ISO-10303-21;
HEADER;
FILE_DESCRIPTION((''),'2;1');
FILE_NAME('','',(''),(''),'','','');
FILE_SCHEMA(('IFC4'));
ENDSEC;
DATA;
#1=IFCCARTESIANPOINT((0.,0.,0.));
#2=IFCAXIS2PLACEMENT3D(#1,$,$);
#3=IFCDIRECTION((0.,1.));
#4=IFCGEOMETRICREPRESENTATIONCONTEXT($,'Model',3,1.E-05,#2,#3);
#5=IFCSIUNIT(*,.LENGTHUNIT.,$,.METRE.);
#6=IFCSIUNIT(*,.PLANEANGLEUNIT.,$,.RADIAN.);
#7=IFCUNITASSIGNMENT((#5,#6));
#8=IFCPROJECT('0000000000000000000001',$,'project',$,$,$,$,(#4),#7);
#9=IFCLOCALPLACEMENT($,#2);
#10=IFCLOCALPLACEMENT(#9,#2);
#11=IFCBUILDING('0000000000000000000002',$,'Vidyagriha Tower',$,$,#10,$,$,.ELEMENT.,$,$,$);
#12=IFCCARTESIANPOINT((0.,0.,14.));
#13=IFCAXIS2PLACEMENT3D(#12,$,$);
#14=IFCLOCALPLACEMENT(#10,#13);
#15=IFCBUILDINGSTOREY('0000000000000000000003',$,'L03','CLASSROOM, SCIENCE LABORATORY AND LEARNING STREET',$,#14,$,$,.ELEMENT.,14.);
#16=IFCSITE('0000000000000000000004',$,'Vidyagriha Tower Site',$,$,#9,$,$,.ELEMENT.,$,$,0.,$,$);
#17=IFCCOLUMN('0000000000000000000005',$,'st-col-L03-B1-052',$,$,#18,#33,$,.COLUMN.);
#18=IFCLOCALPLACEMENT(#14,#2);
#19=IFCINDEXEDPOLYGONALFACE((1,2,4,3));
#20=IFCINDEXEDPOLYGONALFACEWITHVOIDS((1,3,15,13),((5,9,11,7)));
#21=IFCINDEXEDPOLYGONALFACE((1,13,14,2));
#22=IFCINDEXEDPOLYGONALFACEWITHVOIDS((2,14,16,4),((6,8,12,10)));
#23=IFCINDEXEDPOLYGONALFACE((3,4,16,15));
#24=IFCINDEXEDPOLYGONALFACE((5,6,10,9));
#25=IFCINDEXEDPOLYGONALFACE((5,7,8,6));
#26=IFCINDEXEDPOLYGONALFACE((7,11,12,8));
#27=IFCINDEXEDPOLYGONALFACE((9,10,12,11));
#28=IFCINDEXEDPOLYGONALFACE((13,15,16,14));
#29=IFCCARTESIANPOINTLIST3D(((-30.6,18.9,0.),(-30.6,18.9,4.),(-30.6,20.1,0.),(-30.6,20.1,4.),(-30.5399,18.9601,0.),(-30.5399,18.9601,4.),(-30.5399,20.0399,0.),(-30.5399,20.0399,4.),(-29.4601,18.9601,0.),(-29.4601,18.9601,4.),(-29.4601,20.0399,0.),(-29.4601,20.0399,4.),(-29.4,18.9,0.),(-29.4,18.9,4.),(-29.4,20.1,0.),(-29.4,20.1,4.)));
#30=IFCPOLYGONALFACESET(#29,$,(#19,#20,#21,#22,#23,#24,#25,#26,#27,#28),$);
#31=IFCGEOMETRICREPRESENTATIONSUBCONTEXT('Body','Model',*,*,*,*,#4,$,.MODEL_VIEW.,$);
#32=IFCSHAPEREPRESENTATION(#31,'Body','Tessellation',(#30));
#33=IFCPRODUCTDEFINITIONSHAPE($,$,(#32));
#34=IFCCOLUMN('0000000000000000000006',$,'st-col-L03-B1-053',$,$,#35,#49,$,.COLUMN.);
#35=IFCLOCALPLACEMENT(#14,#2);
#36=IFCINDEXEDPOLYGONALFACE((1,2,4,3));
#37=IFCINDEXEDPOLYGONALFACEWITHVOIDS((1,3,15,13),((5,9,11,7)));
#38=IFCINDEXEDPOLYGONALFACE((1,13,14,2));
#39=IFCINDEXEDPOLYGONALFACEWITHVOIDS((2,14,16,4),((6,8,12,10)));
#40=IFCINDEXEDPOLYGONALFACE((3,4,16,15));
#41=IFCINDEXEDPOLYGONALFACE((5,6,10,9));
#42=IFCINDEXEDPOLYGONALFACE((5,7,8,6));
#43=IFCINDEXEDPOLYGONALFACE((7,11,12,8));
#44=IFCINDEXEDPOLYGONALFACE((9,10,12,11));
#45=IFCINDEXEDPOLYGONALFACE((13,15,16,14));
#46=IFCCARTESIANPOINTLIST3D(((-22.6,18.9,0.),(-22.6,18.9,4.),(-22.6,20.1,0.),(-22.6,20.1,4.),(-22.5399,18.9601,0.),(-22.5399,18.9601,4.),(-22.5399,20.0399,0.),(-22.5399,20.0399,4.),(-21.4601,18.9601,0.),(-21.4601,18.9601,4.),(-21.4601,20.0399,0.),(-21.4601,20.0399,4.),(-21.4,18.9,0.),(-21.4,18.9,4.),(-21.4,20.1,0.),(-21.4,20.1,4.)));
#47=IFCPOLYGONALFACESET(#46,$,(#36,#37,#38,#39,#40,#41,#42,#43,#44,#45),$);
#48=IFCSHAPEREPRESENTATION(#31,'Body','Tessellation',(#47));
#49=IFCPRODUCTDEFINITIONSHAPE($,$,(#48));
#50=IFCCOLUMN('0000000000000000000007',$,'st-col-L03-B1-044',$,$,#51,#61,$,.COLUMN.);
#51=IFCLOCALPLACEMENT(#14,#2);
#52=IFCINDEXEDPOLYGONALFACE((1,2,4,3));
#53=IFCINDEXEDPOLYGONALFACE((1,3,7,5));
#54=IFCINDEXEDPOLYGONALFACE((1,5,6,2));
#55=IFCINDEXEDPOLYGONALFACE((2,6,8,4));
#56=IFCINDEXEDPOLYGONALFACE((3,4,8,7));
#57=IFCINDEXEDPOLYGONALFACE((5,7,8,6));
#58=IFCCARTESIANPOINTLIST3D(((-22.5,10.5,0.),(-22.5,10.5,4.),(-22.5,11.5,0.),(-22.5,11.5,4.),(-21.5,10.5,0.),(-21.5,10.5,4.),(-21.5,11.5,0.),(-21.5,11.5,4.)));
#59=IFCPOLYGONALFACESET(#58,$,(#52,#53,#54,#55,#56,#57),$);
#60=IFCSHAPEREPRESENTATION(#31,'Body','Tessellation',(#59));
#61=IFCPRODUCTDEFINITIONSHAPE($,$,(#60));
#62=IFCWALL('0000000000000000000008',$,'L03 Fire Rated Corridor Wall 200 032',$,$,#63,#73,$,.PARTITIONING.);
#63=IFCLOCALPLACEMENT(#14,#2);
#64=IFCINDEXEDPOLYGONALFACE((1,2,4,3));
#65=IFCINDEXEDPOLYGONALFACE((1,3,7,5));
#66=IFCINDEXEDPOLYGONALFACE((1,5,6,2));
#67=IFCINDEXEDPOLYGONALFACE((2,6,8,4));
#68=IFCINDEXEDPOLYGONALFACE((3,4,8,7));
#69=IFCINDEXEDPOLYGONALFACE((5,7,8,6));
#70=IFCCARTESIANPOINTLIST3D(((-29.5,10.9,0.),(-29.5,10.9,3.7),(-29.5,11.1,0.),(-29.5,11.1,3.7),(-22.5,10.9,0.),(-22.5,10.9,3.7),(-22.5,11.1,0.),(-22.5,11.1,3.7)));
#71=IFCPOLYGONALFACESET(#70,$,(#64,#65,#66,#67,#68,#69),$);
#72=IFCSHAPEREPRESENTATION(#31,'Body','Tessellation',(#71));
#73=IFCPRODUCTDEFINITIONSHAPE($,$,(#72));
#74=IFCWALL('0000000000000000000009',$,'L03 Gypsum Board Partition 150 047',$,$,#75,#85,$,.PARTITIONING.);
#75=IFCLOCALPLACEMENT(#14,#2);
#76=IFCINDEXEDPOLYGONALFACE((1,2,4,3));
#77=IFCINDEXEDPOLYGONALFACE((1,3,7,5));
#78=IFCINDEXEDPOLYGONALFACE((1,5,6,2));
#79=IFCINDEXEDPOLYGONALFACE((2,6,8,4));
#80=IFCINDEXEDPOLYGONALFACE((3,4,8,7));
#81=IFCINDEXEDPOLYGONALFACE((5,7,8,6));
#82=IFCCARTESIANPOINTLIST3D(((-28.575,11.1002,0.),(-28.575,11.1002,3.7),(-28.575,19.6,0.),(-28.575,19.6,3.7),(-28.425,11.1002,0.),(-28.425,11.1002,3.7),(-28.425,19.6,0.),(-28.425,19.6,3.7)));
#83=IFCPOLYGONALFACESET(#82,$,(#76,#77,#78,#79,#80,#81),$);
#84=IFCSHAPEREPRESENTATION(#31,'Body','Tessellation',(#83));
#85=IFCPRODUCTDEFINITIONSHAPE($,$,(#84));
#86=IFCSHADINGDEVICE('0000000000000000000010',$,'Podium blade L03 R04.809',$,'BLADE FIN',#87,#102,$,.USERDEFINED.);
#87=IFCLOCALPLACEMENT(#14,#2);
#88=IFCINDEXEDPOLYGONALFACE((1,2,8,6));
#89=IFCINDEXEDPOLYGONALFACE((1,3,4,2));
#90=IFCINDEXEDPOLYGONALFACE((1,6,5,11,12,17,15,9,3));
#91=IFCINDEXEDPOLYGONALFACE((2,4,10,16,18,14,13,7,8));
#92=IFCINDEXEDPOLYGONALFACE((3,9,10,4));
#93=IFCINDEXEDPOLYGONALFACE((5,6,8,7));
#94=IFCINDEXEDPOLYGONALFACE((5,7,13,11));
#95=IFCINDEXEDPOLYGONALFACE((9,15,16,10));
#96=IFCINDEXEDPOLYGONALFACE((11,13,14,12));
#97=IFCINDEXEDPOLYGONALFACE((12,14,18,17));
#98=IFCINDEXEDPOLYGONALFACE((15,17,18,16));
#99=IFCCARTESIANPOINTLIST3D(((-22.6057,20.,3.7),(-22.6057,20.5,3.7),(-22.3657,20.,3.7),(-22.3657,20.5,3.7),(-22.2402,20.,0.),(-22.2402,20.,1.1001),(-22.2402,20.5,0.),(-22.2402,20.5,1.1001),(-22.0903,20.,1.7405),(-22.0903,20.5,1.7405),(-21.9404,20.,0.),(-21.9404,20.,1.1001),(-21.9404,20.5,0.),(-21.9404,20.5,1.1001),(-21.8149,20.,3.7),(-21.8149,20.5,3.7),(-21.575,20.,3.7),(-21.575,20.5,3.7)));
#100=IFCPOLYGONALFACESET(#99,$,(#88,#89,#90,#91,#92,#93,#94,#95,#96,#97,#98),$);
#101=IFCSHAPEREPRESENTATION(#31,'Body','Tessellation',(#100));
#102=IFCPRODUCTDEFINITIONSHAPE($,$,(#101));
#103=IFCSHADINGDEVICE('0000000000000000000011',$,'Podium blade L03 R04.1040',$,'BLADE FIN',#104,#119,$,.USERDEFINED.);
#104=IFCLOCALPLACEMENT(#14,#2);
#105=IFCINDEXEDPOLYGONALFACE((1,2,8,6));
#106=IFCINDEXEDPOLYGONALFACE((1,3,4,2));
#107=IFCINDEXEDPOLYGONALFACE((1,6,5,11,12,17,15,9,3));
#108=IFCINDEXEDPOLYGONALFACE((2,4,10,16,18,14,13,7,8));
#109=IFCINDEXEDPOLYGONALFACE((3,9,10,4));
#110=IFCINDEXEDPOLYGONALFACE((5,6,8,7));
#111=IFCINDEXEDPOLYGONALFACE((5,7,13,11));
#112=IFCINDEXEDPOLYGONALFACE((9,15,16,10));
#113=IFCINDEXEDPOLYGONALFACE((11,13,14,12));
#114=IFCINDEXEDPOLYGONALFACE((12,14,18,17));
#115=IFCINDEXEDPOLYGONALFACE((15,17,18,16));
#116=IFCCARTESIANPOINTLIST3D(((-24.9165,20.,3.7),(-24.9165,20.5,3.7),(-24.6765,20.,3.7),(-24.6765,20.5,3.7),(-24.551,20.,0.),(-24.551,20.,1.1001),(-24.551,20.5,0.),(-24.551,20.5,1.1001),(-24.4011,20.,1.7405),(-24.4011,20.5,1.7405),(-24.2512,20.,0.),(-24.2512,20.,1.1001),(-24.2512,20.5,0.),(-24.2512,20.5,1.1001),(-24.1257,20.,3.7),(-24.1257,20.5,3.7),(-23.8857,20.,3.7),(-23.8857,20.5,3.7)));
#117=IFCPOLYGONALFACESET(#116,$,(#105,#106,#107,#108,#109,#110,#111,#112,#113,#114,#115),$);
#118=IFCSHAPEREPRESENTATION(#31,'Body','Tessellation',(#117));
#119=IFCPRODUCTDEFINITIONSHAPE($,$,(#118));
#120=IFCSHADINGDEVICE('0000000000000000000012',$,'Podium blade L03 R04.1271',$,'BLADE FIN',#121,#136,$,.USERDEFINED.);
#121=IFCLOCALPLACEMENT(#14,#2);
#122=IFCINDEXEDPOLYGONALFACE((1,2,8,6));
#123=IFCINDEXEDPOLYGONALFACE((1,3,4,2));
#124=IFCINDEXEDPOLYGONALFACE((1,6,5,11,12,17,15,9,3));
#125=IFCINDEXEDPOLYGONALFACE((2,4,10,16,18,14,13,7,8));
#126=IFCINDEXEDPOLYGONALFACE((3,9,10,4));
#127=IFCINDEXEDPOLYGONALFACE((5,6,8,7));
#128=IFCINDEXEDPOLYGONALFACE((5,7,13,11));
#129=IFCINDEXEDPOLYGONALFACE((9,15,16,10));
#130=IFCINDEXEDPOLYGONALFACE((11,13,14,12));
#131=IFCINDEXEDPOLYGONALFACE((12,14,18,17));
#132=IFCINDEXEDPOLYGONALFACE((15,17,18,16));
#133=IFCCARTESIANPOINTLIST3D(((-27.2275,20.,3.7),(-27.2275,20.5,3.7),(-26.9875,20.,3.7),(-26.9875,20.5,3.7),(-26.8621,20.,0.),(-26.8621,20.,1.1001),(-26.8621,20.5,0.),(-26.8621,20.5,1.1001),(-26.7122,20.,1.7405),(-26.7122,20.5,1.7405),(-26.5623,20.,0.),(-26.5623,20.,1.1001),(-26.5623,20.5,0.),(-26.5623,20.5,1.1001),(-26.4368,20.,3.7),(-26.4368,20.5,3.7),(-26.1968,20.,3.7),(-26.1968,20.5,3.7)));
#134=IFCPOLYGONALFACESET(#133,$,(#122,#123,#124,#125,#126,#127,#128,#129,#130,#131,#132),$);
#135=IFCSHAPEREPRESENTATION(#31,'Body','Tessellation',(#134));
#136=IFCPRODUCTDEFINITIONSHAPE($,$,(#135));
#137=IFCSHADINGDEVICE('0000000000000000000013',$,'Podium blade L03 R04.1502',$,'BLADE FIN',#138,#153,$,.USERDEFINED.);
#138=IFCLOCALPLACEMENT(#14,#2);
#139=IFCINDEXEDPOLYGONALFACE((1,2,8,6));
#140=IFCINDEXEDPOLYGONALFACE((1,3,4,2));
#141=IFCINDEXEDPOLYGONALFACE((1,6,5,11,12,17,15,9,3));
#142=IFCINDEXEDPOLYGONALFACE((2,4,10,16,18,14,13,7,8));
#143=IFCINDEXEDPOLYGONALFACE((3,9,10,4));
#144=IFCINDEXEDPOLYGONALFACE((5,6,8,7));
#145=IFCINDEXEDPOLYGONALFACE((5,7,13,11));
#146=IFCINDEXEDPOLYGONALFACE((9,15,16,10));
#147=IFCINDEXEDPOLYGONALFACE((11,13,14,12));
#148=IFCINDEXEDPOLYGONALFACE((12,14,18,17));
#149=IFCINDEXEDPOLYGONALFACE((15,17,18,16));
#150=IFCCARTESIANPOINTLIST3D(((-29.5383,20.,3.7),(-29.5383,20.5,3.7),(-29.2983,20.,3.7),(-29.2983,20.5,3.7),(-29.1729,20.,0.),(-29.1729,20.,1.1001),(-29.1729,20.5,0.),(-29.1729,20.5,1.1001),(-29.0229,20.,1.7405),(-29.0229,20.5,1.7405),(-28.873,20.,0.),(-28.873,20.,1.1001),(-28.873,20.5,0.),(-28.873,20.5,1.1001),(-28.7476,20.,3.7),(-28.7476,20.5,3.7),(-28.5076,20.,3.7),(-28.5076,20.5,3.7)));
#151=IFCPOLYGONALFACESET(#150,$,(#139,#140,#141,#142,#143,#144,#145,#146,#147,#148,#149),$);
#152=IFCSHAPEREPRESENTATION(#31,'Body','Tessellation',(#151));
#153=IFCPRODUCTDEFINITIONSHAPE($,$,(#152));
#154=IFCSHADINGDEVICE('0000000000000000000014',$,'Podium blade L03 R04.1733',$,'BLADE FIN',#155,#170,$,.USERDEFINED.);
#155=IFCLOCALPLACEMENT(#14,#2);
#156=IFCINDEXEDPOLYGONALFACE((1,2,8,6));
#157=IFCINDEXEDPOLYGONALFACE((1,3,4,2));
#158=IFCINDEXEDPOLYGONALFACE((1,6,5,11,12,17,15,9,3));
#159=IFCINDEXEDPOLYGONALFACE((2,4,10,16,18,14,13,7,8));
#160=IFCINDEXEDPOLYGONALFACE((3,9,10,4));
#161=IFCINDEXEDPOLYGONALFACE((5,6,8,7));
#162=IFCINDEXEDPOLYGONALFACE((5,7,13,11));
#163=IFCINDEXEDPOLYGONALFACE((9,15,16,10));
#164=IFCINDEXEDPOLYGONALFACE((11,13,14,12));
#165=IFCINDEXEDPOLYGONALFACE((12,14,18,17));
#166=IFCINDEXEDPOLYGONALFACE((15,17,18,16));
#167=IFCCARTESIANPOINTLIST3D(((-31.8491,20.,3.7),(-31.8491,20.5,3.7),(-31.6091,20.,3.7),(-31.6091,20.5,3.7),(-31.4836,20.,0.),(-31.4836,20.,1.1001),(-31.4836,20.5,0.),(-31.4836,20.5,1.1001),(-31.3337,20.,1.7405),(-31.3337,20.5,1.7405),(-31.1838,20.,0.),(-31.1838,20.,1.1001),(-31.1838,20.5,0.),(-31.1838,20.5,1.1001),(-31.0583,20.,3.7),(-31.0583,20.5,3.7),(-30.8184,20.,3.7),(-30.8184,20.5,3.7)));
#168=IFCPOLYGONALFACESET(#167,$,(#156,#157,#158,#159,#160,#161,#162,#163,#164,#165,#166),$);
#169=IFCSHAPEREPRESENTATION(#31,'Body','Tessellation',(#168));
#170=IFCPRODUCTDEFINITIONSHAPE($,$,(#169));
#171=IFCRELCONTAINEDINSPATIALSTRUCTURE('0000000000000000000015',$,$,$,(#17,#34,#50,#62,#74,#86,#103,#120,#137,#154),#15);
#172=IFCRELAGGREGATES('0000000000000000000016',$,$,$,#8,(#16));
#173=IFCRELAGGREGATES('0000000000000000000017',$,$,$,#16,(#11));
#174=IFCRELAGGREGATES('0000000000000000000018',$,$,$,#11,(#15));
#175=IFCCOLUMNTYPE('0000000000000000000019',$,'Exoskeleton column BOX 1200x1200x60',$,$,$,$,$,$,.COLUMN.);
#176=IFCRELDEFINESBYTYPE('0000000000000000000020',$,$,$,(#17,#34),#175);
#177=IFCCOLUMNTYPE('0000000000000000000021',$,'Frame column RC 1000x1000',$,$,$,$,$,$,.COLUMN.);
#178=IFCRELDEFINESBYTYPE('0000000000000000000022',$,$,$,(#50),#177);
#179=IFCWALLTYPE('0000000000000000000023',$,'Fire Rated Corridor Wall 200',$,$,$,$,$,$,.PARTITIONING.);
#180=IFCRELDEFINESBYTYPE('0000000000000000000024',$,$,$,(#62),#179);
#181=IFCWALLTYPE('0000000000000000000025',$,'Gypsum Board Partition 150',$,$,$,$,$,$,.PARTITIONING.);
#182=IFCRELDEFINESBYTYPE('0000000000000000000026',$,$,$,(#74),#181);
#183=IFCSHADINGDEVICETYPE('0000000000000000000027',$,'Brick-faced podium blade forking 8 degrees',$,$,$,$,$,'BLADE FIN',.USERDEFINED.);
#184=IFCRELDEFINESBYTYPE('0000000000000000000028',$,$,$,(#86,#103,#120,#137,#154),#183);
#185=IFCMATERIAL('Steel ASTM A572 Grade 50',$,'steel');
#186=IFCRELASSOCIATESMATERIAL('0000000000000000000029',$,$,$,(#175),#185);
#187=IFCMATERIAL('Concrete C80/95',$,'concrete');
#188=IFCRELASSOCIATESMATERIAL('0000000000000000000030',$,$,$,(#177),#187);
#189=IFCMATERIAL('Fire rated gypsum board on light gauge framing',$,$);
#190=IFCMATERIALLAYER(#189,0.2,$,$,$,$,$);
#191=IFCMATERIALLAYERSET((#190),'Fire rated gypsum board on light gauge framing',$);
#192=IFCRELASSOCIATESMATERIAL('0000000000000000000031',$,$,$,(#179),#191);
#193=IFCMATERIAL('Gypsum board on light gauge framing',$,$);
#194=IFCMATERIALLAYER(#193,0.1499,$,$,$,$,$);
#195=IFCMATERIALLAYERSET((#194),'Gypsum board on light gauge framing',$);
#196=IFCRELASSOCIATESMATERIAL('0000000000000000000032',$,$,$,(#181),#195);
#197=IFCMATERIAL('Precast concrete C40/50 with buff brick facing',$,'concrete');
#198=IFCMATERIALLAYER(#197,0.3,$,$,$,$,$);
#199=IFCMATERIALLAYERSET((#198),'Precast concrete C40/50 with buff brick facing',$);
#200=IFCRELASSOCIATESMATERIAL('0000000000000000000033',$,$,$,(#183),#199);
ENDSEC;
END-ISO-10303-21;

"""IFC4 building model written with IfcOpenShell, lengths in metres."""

from ifc_helpers import new_model, si_unit, direction, frame, frame_2d, origin, origin_2d, place, context, subcontext, project, spatial, polyline, rectangle, hollow_rectangle, outline, extrude, material, layer, layer_set, material_profile, profile_set, type_object, element, save


model = new_model("IFC4")

# Units and contexts
model_context = context("Model", 3, precision=1e-05, world=origin(), true_north=direction((0.0, 1.0)))
body_context = subcontext(model_context, "Body", "Model", "MODEL_VIEW")
ifc_project = project(units=[si_unit("LENGTHUNIT", "METRE"), si_unit("PLANEANGLEUNIT", "RADIAN")], contexts=[model_context])

# Site, building, storey
site_placement = place(None, origin())
site = spatial("IfcSite", under=ifc_project, at=site_placement, Name="Vidyagriha Tower Site", CompositionType="ELEMENT", RefElevation=0.0)
building_placement = place(site_placement, origin())
building = spatial("IfcBuilding", under=site, at=building_placement, Name="Vidyagriha Tower", CompositionType="ELEMENT")
storey_placement = place(building_placement, frame((0.0, 0.0, 14.0)))
storey = spatial("IfcBuildingStorey", under=building, at=storey_placement, Name="L03", Description="CLASSROOM, SCIENCE LABORATORY AND LEARNING STREET", CompositionType="ELEMENT", Elevation=14.0)

# Columns
ifc_material_1 = material(Name="Steel ASTM A572 Grade 50", Category="steel")
ifc_material_profile_1 = material_profile(ifc_material_1, hollow_rectangle(XDim=1.2, YDim=1.2, WallThickness=0.0601, at=origin_2d()), Name="BOX 1200x1200x60")
ifc_profile_set_1 = profile_set([ifc_material_profile_1], Name="Steel ASTM A572 Grade 50")
column_type_1 = type_object("IfcColumnType", Name="Exoskeleton column BOX 1200x1200x60", PredefinedType="COLUMN", material=ifc_profile_set_1)
for number, where, name in (
    (1, (-30.0, 19.5, 0.0), "st-col-L03-B1-052"),
    (2, (-22.0, 19.5, 0.0), "st-col-L03-B1-053"),
):
    element("IfcColumn", number, at=place(storey_placement, frame(where)), inside=storey, type_object=column_type_1, Name=name, PredefinedType="COLUMN", context=body_context, shape_type="SweptSolid", body=[
        extrude(hollow_rectangle(XDim=1.2, YDim=1.2, WallThickness=0.0601, at=origin_2d()), origin(), (0.0, 0.0, 1.0), 4.0),
    ])
ifc_material_2 = material(Name="Concrete C80/95", Category="concrete")
ifc_material_profile_2 = material_profile(ifc_material_2, rectangle(XDim=1.0, YDim=1.0, at=origin_2d()), Name="RC 1000x1000")
ifc_profile_set_2 = profile_set([ifc_material_profile_2], Name="Concrete C80/95")
column_type_2 = type_object("IfcColumnType", Name="Frame column RC 1000x1000", PredefinedType="COLUMN", material=ifc_profile_set_2)
column_placement = place(storey_placement, frame((-22.0, 11.0, 0.0)))
element("IfcColumn", 3, at=column_placement, inside=storey, type_object=column_type_2, Name="st-col-L03-B1-044", PredefinedType="COLUMN", context=body_context, shape_type="SweptSolid", body=[
    extrude(rectangle(XDim=1.0, YDim=1.0, at=origin_2d()), origin(), (0.0, 0.0, 1.0), 4.0),
])

# Walls
ifc_material_3 = material(Name="Fire rated gypsum board on light gauge framing")
ifc_layer_1 = layer(ifc_material_3, 0.2)
ifc_layer_set_1 = layer_set([ifc_layer_1], Name="Fire rated gypsum board on light gauge framing")
wall_type_1 = type_object("IfcWallType", Name="Fire Rated Corridor Wall 200", PredefinedType="PARTITIONING", material=ifc_layer_set_1)
wall_1_placement = place(storey_placement, frame((-29.5, 11.0, 0.0)))
element("IfcWall", 4, at=wall_1_placement, inside=storey, type_object=wall_type_1, Name="L03 Fire Rated Corridor Wall 200 032", PredefinedType="PARTITIONING", context=body_context, shape_type="SweptSolid", body=[
    extrude(rectangle(XDim=7.0, YDim=0.2, at=frame_2d((3.5, 0.0))), origin(), (0.0, 0.0, 1.0), 3.7),
])
ifc_material_4 = material(Name="Gypsum board on light gauge framing")
ifc_layer_2 = layer(ifc_material_4, 0.1499)
ifc_layer_set_2 = layer_set([ifc_layer_2], Name="Gypsum board on light gauge framing")
wall_type_2 = type_object("IfcWallType", Name="Gypsum Board Partition 150", PredefinedType="PARTITIONING", material=ifc_layer_set_2)
wall_2_placement = place(storey_placement, frame((-28.5, 11.1001, 0.0), z_axis=(0.0, 0.0, 1.0), x_axis=(0.0, 1.0, 0.0)))
element("IfcWall", 5, at=wall_2_placement, inside=storey, type_object=wall_type_2, Name="L03 Gypsum Board Partition 150 047", PredefinedType="PARTITIONING", context=body_context, shape_type="SweptSolid", body=[
    extrude(rectangle(XDim=8.4998, YDim=0.1499, at=frame_2d((4.25, 0.0))), origin(), (0.0, 0.0, 1.0), 3.7),
])

# Shading devices
ifc_material_5 = material(Name="Precast concrete C40/50 with buff brick facing", Category="concrete")
ifc_layer_3 = layer(ifc_material_5, 0.3)
ifc_layer_set_3 = layer_set([ifc_layer_3], Name="Precast concrete C40/50 with buff brick facing")
shading_device_type = type_object("IfcShadingDeviceType", Name="Brick-faced podium blade forking 8 degrees", ElementType="BLADE FIN", PredefinedType="USERDEFINED", material=ifc_layer_set_3)
for number, where, z_axis, x_axis, name in (
    (6, (-21.575, 20.25, 0.0), (0.0, 0.0, 1.0), (-1.0, 0.0, 0.0), "Podium blade L03 R04.809"),
    (7, (-23.8857, 20.25, 0.0), (0.0, 0.0, 1.0), (-1.0, 0.0, 0.0), "Podium blade L03 R04.1040"),
    (8, (-26.1968, 20.25, 0.0), (0.0, 0.0, 1.0), (-1.0, 0.0, 0.0), "Podium blade L03 R04.1271"),
    (9, (-28.5076, 20.25, 0.0), (0.0, 0.0, 1.0), (-1.0, 0.0, 0.0), "Podium blade L03 R04.1502"),
    (10, (-30.8184, 20.25, 0.0), (0.0, 0.0, 1.0), (-1.0, 0.0, 0.0), "Podium blade L03 R04.1733"),
):
    element("IfcShadingDevice", number, at=place(storey_placement, frame(where, z_axis=z_axis, x_axis=x_axis)), inside=storey, type_object=shading_device_type, Name=name, ObjectType="BLADE FIN", PredefinedType="USERDEFINED", context=body_context, shape_type="SweptSolid", body=[
        extrude(outline(polyline([(0.6653, 0.0), (0.6653, 1.1001), (1.0308, 3.7), (0.7908, 3.7), (0.5154, 1.7405), (0.24, 3.7), (0.0, 3.7), (0.3655, 1.1001), (0.3655, 0.0), (0.6653, 0.0)])), frame((0.0, 0.25, 0.0), z_axis=(0.0, -1.0, 0.0), x_axis=(1.0, 0.0, 0.0)), (0.0, 0.0, 1.0), 0.5),
    ])

save(model, "model.ifc")
